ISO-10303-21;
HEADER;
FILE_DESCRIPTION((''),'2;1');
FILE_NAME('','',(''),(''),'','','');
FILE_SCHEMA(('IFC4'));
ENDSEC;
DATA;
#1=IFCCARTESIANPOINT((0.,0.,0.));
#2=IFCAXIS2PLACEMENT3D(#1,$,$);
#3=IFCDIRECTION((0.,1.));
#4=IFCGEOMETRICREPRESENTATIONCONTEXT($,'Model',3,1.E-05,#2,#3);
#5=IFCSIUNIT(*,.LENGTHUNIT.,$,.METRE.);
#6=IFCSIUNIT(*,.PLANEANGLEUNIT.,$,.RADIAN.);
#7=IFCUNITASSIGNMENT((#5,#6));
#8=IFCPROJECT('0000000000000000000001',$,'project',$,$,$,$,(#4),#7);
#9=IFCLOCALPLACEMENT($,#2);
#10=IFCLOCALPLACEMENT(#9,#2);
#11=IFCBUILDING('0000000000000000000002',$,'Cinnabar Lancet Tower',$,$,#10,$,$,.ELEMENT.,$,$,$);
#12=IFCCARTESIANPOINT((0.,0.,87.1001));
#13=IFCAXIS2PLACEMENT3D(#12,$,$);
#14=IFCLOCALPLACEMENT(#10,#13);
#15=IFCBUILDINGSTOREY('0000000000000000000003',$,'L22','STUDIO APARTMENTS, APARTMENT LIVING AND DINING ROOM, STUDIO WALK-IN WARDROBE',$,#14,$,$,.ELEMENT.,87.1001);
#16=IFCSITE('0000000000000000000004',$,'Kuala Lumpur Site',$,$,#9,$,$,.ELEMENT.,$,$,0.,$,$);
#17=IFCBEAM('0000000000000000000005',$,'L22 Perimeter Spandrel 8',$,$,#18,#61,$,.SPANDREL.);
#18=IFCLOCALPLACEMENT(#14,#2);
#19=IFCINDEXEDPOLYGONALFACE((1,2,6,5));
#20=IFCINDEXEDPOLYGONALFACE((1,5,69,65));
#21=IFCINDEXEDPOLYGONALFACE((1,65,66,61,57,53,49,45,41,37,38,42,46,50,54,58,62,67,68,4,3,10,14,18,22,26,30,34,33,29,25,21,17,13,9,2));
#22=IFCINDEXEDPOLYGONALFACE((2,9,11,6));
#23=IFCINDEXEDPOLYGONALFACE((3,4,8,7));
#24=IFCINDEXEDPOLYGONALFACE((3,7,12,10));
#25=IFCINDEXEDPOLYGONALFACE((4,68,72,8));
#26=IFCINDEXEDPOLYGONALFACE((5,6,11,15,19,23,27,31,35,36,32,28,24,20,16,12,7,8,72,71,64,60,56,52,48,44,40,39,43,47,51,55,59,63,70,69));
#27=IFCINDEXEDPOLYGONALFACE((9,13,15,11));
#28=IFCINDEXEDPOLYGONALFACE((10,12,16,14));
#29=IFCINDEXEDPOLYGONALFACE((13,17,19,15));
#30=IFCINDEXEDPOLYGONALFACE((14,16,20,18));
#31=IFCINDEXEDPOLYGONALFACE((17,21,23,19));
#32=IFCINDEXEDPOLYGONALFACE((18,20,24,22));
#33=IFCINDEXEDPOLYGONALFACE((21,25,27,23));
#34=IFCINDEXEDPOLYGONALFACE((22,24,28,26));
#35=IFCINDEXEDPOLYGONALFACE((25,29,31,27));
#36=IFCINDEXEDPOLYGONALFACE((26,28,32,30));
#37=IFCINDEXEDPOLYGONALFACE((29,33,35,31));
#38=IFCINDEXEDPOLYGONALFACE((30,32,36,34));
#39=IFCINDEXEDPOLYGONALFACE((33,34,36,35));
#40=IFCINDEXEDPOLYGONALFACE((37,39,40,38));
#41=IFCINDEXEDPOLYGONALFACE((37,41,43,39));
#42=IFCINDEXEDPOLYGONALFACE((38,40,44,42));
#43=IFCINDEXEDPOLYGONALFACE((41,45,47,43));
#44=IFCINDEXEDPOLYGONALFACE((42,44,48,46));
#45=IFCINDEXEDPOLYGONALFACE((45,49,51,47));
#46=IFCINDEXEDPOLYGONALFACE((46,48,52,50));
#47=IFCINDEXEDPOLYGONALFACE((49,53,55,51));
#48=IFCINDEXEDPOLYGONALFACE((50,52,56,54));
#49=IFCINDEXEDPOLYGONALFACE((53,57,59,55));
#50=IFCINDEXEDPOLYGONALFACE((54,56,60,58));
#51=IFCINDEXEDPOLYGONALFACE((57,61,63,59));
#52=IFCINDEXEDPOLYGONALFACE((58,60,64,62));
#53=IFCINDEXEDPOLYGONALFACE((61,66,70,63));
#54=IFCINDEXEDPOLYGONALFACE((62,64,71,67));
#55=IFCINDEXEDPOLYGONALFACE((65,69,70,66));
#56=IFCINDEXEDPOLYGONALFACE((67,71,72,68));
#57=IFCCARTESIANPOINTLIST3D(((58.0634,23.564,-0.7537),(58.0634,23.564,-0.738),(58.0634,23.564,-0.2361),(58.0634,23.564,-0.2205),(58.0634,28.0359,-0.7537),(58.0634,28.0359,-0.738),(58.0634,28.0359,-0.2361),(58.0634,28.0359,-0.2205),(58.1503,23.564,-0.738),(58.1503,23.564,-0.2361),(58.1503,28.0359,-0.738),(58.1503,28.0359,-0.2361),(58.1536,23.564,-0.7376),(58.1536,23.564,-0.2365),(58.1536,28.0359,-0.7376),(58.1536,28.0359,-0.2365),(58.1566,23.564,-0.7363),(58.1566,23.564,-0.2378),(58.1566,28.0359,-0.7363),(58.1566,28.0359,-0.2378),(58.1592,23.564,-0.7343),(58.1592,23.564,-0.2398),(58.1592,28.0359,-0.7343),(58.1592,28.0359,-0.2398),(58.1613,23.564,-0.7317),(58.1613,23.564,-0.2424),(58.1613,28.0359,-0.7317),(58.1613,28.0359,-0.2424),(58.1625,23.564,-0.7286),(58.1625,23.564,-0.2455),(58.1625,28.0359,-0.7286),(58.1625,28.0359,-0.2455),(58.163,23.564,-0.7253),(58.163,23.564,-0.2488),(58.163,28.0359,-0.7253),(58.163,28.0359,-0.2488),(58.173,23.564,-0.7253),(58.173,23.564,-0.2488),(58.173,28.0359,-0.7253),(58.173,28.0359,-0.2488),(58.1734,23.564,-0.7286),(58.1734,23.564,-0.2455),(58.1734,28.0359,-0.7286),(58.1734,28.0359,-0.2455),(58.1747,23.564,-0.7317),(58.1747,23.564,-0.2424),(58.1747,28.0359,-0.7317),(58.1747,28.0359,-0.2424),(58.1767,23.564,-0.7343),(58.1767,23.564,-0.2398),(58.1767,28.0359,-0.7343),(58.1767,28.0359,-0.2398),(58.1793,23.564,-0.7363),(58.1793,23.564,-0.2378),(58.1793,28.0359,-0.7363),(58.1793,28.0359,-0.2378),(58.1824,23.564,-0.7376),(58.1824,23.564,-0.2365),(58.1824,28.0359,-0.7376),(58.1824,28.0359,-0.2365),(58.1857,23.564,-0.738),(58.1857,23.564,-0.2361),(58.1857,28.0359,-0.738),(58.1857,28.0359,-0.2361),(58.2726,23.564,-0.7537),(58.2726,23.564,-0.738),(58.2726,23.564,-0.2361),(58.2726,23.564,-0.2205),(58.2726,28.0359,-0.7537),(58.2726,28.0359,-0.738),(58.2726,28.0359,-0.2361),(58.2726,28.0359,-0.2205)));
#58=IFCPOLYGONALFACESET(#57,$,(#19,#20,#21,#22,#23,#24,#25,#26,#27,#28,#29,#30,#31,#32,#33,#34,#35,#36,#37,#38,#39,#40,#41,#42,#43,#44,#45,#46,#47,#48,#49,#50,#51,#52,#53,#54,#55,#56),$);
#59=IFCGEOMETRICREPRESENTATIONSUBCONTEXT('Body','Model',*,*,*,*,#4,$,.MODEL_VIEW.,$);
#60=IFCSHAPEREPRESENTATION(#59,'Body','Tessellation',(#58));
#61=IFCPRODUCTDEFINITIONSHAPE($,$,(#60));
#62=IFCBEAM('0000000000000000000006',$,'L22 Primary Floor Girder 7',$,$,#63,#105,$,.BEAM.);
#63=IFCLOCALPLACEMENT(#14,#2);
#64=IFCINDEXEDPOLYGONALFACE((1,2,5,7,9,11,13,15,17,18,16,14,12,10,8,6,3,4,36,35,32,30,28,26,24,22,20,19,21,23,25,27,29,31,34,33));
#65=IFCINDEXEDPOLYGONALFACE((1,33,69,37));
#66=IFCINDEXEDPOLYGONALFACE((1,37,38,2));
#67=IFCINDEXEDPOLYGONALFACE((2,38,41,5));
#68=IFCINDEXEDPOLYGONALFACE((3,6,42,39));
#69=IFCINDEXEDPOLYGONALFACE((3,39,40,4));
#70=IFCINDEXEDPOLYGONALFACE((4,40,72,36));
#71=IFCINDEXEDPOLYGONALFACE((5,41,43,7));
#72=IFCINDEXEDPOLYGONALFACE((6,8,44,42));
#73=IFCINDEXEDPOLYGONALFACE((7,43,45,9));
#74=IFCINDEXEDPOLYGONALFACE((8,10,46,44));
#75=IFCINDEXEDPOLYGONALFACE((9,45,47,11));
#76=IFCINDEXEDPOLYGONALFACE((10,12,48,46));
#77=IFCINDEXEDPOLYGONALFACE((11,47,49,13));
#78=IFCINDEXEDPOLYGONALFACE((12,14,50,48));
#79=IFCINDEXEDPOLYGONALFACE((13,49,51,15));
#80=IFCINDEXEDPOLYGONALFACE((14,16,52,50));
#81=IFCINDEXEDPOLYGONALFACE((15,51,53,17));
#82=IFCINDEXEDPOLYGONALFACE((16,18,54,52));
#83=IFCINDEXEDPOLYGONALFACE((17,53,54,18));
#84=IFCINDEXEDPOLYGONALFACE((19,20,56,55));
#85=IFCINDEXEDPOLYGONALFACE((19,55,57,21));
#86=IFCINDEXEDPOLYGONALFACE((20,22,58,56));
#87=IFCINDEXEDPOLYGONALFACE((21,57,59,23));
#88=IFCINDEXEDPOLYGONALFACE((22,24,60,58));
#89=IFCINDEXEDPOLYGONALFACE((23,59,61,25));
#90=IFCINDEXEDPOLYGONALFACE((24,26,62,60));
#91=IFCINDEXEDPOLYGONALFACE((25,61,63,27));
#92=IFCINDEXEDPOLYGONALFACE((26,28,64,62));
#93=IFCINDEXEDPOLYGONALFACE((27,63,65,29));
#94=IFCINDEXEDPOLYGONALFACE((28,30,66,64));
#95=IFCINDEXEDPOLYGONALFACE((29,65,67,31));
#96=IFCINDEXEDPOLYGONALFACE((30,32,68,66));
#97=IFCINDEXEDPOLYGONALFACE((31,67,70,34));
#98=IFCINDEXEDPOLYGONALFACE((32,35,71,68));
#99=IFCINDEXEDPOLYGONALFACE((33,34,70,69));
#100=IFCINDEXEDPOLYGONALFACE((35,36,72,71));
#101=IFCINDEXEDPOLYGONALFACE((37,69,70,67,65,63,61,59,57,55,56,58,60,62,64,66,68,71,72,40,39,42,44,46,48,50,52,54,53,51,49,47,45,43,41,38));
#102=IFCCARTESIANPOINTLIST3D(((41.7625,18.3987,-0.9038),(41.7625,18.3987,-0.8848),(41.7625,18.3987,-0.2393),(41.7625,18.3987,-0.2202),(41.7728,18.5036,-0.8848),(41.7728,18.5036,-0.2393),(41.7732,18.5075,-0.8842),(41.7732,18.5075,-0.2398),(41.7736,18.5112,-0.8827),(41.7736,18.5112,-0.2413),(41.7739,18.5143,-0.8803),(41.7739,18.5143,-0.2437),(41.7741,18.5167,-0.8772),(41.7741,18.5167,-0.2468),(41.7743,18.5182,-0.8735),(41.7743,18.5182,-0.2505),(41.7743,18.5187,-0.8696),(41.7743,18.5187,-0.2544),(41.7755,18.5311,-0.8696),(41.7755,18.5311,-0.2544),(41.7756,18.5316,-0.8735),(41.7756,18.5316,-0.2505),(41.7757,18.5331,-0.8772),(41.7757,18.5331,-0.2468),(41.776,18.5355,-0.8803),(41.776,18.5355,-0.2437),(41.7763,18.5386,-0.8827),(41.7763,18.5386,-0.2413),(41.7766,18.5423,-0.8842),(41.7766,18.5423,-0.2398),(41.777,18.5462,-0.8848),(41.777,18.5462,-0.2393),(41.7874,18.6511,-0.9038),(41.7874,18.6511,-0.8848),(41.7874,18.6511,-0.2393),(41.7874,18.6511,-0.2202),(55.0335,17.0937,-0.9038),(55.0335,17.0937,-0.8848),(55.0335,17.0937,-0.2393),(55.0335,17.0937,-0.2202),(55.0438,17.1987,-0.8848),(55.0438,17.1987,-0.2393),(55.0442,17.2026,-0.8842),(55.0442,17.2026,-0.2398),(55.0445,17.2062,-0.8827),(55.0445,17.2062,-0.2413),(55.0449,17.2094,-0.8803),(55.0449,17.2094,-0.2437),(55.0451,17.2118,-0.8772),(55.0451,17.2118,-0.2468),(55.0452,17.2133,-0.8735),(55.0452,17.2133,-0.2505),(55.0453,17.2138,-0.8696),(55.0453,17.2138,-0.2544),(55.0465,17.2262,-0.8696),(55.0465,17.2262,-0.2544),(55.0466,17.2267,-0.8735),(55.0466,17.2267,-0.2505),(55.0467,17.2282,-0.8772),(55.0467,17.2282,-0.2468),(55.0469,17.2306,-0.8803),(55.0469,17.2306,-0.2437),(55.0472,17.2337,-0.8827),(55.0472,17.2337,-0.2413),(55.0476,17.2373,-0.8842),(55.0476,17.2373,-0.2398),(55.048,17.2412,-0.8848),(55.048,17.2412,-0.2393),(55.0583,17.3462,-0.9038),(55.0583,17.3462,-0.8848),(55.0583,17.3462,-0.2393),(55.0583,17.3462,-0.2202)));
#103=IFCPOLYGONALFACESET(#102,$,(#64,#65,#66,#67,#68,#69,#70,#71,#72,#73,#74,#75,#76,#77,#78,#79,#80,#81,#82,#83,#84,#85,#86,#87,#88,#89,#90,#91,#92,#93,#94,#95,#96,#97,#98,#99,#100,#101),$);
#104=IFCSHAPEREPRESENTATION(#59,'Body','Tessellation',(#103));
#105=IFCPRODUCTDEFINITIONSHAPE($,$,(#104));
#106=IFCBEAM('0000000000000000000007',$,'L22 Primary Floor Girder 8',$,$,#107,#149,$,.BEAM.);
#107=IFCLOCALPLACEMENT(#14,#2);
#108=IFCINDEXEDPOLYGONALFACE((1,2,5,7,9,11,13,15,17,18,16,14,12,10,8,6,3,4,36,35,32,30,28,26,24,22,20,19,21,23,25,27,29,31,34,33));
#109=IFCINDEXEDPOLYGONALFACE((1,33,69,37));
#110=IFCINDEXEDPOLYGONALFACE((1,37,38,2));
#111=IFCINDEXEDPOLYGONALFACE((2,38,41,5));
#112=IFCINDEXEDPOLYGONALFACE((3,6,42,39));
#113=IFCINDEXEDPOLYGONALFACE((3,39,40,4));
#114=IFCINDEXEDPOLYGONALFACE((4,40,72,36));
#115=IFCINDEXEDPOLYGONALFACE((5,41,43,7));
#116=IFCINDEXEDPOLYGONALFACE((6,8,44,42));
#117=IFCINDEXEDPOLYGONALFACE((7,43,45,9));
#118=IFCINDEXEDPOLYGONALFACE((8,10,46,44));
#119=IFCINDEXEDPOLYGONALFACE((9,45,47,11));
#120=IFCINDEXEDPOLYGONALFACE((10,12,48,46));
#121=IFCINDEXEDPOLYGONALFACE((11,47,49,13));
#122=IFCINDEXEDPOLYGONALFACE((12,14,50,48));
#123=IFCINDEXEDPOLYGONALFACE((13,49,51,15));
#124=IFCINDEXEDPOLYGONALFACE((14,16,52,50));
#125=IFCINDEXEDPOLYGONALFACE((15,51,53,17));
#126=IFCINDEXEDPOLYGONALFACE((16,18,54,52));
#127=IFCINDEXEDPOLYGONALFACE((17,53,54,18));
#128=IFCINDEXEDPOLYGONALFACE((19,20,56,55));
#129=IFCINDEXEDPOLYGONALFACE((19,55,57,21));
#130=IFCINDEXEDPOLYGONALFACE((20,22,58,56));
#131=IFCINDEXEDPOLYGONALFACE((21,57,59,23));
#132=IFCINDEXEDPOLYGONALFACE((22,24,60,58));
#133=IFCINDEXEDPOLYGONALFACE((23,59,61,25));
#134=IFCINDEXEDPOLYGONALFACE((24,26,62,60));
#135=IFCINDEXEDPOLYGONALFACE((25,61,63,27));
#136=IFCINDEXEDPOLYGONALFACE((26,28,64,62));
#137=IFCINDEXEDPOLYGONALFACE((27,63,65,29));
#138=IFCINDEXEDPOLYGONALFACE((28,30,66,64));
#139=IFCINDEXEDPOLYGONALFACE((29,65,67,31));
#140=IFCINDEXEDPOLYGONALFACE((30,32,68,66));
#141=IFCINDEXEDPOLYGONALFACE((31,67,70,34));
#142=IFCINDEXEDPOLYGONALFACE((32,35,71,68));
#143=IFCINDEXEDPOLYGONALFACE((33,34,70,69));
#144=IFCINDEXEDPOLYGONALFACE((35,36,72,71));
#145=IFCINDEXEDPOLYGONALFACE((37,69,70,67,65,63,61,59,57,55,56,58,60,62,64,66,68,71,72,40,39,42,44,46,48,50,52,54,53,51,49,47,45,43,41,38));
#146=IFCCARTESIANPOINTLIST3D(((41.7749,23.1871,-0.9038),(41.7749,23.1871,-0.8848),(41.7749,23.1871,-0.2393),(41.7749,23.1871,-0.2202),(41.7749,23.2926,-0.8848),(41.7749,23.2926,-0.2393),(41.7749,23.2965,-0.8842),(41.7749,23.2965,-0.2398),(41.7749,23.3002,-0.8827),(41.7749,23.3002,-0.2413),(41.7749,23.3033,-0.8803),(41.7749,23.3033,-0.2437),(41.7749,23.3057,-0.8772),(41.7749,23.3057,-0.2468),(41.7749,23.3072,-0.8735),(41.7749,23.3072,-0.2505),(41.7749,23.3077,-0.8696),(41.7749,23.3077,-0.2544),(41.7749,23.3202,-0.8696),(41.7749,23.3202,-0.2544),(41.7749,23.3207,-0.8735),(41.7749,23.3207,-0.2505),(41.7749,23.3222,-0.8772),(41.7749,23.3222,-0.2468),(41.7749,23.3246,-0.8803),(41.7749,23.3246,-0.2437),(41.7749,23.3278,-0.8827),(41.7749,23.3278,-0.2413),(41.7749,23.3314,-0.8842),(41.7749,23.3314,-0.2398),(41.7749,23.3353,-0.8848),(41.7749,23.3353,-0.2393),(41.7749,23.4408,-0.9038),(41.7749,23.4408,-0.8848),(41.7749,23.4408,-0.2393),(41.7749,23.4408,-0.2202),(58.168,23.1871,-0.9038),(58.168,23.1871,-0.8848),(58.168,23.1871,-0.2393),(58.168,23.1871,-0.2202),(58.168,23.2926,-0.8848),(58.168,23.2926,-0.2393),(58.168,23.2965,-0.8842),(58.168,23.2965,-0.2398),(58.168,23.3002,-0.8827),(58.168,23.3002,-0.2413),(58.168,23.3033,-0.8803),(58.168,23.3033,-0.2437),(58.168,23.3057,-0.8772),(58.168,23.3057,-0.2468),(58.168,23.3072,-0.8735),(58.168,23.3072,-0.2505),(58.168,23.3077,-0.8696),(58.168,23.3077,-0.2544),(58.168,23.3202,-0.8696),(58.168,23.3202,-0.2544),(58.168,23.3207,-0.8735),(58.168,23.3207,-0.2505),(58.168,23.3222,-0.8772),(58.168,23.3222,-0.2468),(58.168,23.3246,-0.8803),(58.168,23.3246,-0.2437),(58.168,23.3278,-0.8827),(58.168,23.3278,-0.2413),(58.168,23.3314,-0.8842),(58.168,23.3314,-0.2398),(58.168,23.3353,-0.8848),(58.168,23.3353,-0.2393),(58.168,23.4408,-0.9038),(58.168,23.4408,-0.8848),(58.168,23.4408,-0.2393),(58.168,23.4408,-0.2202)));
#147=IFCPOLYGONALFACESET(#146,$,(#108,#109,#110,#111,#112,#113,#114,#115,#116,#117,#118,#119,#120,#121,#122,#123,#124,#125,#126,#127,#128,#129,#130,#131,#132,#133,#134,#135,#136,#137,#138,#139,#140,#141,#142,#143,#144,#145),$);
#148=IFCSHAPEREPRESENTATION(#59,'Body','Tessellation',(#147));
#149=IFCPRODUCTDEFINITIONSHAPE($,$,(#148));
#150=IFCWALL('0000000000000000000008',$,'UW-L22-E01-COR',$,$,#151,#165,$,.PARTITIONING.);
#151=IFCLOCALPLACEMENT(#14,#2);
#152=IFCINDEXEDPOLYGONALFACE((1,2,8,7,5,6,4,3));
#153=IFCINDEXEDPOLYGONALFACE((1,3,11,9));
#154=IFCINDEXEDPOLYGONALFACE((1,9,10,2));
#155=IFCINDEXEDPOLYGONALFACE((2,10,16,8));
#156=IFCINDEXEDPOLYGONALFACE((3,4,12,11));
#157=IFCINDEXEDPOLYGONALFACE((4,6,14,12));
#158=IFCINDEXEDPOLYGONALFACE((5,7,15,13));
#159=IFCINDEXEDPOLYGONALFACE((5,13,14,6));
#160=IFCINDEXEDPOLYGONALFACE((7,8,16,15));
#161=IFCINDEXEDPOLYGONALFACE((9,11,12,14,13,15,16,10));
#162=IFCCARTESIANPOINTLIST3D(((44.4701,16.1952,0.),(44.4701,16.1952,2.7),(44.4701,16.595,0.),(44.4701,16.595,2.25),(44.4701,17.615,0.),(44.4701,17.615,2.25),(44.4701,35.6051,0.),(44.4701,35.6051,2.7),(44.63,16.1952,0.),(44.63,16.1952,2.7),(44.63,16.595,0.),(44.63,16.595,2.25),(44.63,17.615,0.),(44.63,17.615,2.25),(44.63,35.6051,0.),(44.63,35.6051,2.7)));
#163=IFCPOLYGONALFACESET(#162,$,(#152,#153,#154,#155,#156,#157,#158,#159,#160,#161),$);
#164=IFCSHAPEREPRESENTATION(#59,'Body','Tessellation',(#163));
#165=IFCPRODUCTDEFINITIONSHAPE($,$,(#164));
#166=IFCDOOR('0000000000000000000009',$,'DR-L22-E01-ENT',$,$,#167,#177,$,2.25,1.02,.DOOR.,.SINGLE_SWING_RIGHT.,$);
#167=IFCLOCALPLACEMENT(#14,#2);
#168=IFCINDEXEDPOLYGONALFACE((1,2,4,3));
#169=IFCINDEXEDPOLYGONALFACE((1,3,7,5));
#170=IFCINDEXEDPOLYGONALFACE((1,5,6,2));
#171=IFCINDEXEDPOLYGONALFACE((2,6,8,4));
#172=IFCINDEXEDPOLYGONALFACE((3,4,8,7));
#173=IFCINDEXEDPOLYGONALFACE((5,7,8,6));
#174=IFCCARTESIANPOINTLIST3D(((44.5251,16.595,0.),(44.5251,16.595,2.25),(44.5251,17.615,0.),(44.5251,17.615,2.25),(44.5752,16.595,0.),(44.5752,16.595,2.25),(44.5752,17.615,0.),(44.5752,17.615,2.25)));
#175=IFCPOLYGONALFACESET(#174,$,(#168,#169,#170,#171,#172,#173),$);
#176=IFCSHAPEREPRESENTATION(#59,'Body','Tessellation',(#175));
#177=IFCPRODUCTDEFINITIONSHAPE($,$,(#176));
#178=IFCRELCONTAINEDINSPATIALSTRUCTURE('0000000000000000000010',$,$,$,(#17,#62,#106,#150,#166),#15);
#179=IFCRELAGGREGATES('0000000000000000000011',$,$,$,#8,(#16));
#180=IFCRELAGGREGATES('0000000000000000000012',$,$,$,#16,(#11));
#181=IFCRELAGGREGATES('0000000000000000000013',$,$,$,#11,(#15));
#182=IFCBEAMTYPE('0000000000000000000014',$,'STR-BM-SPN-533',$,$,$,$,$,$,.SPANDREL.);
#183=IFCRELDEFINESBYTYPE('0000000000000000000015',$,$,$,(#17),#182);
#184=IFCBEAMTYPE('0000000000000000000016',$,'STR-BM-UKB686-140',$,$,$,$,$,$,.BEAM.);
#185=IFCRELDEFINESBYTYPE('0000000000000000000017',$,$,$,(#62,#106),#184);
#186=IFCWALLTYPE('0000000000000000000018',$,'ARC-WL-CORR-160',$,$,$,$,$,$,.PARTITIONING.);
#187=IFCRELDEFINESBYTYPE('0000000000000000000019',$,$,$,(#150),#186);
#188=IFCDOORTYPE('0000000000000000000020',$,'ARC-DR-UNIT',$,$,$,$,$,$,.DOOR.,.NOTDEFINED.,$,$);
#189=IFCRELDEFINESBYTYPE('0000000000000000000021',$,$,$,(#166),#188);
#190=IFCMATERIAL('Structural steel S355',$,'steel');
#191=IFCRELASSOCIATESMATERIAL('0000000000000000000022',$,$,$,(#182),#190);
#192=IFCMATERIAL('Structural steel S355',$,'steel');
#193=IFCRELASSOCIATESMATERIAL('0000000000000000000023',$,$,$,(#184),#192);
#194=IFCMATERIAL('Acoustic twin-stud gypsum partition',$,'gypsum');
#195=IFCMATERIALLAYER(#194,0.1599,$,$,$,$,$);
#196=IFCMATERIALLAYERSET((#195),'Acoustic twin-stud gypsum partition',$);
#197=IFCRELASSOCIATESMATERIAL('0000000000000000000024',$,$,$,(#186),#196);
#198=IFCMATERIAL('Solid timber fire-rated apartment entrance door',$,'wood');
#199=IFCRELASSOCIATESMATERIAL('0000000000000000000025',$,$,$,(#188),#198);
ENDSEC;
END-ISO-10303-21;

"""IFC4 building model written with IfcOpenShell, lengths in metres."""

from ifc_helpers import new_model, si_unit, direction, frame, frame_2d, origin, origin_2d, place, context, subcontext, project, spatial, rectangle, i_section, extrude, material, layer, layer_set, material_profile, profile_set, type_object, element, fill, save


model = new_model("IFC4")

# Units and contexts
model_context = context("Model", 3, precision=1e-05, world=origin(), true_north=direction((0.0, 1.0)))
body_context = subcontext(model_context, "Body", "Model", "MODEL_VIEW")
ifc_project = project(units=[si_unit("LENGTHUNIT", "METRE"), si_unit("PLANEANGLEUNIT", "RADIAN")], contexts=[model_context])

# Site, building, storey
site_placement = place(None, origin())
site = spatial("IfcSite", under=ifc_project, at=site_placement, Name="Kuala Lumpur Site", CompositionType="ELEMENT", RefElevation=0.0)
building_placement = place(site_placement, origin())
building = spatial("IfcBuilding", under=site, at=building_placement, Name="Cinnabar Lancet Tower", CompositionType="ELEMENT")
storey_placement = place(building_placement, frame((0.0, 0.0, 87.1001)))
storey = spatial("IfcBuildingStorey", under=building, at=storey_placement, Name="L22", Description="STUDIO APARTMENTS, APARTMENT LIVING AND DINING ROOM, STUDIO WALK-IN WARDROBE", CompositionType="ELEMENT", Elevation=87.1001)

# Beams
ifc_material_1 = material(Name="Structural steel S355", Category="steel")
ifc_material_profile_1 = material_profile(ifc_material_1, i_section(OverallWidth=0.2092, OverallDepth=0.5332, WebThickness=0.01, FlangeThickness=0.0156, FilletRadius=0.0127, at=origin_2d()), Name="UKB 533x210x92")
ifc_profile_set_1 = profile_set([ifc_material_profile_1], Name="Structural steel S355")
beam_type_1 = type_object("IfcBeamType", Name="STR-BM-SPN-533", PredefinedType="SPANDREL", material=ifc_profile_set_1)
beam_1_placement = place(storey_placement, frame((58.168, 23.564, -0.4871), z_axis=(0.0, 1.0, 0.0), x_axis=(-1.0, 0.0, 0.0)))
element("IfcBeam", 1, at=beam_1_placement, inside=storey, type_object=beam_type_1, Name="L22 Perimeter Spandrel 8", PredefinedType="SPANDREL", context=body_context, shape_type="SweptSolid", body=[
    extrude(i_section(OverallWidth=0.2092, OverallDepth=0.5332, WebThickness=0.01, FlangeThickness=0.0156, FilletRadius=0.0127, at=origin_2d()), origin(), (0.0, 0.0, 1.0), 4.4719),
])
ifc_material_2 = material(Name="Structural steel S355", Category="steel")
ifc_material_profile_2 = material_profile(ifc_material_2, i_section(OverallWidth=0.2537, OverallDepth=0.6836, WebThickness=0.0125, FlangeThickness=0.019, FilletRadius=0.0151, at=origin_2d()), Name="UKB 686x254x140")
ifc_profile_set_2 = profile_set([ifc_material_profile_2], Name="Structural steel S355")
beam_type_2 = type_object("IfcBeamType", Name="STR-BM-UKB686-140", PredefinedType="BEAM", material=ifc_profile_set_2)
beam_2_placement = place(storey_placement, frame((55.0459, 17.22, -0.562), z_axis=(-0.9952, 0.097858, 0.0), x_axis=(-0.097858, -0.9952, 0.0)))
element("IfcBeam", 2, at=beam_2_placement, inside=storey, type_object=beam_type_2, Name="L22 Primary Floor Girder 7", PredefinedType="BEAM", context=body_context, shape_type="SweptSolid", body=[
    extrude(i_section(OverallWidth=0.2537, OverallDepth=0.6836, WebThickness=0.0125, FlangeThickness=0.019, FilletRadius=0.0151, at=origin_2d()), origin(), (0.0, 0.0, 1.0), 13.335),
])
beam_3_placement = place(storey_placement, frame((58.168, 23.314, -0.562), z_axis=(-1.0, 0.0, 0.0), x_axis=(0.0, -1.0, 0.0)))
element("IfcBeam", 3, at=beam_3_placement, inside=storey, type_object=beam_type_2, Name="L22 Primary Floor Girder 8", PredefinedType="BEAM", context=body_context, shape_type="SweptSolid", body=[
    extrude(i_section(OverallWidth=0.2537, OverallDepth=0.6836, WebThickness=0.0125, FlangeThickness=0.019, FilletRadius=0.0151, at=origin_2d()), origin(), (0.0, 0.0, 1.0), 16.3931),
])

# Wall, opening, door
ifc_material_3 = material(Name="Acoustic twin-stud gypsum partition", Category="gypsum")
ifc_layer_1 = layer(ifc_material_3, 0.1599)
ifc_layer_set_1 = layer_set([ifc_layer_1], Name="Acoustic twin-stud gypsum partition")
wall_type_1 = type_object("IfcWallType", Name="ARC-WL-CORR-160", PredefinedType="PARTITIONING", material=ifc_layer_set_1)
wall_1_placement = place(storey_placement, frame((44.55, 16.1951, 0.0), z_axis=(0.0, 0.0, 1.0), x_axis=(0.0, 1.0, 0.0)))
wall_1 = element("IfcWall", 4, at=wall_1_placement, inside=storey, type_object=wall_type_1, Name="UW-L22-E01-COR", PredefinedType="PARTITIONING", context=body_context, shape_type="SweptSolid", body=[
    extrude(rectangle(XDim=19.4099, YDim=0.1599, at=frame_2d((9.7051, 0.0))), origin(), (0.0, 0.0, 1.0), 2.7),
])
opening_1_placement = place(wall_1_placement, frame((0.3999, 0.0, 0.0)))
opening_1 = element("IfcOpeningElement", 5, at=opening_1_placement, cuts=wall_1, PredefinedType="OPENING", context=body_context, shape_type="SweptSolid", body=[
    extrude(rectangle(XDim=1.02, YDim=2.25, at=frame_2d((0.51, 1.125))), frame((0.0, 0.0898, 0.0), z_axis=(0.0, -1.0, 0.0), x_axis=(1.0, 0.0, 0.0)), (0.0, 0.0, 1.0), 0.1799),
])
ifc_material_4 = material(Name="Solid timber fire-rated apartment entrance door", Category="wood")
door_type_1 = type_object("IfcDoorType", Name="ARC-DR-UNIT", OperationType="NOTDEFINED", PredefinedType="DOOR", material=ifc_material_4)
door_1_placement = place(opening_1_placement, origin())
door_1 = element("IfcDoor", 6, at=door_1_placement, inside=storey, type_object=door_type_1, Name="DR-L22-E01-ENT", OperationType="SINGLE_SWING_RIGHT", OverallHeight=2.25, OverallWidth=1.02, PredefinedType="DOOR", context=body_context, shape_type="SweptSolid", body=[
    extrude(rectangle(XDim=1.02, YDim=2.25, at=frame_2d((0.51, 1.125))), frame((0.0, 0.0249, 0.0), z_axis=(0.0, -1.0, 0.0), x_axis=(1.0, 0.0, 0.0)), (0.0, 0.0, 1.0), 0.05),
])
fill(opening_1, door_1)

save(model, "model.ifc")
